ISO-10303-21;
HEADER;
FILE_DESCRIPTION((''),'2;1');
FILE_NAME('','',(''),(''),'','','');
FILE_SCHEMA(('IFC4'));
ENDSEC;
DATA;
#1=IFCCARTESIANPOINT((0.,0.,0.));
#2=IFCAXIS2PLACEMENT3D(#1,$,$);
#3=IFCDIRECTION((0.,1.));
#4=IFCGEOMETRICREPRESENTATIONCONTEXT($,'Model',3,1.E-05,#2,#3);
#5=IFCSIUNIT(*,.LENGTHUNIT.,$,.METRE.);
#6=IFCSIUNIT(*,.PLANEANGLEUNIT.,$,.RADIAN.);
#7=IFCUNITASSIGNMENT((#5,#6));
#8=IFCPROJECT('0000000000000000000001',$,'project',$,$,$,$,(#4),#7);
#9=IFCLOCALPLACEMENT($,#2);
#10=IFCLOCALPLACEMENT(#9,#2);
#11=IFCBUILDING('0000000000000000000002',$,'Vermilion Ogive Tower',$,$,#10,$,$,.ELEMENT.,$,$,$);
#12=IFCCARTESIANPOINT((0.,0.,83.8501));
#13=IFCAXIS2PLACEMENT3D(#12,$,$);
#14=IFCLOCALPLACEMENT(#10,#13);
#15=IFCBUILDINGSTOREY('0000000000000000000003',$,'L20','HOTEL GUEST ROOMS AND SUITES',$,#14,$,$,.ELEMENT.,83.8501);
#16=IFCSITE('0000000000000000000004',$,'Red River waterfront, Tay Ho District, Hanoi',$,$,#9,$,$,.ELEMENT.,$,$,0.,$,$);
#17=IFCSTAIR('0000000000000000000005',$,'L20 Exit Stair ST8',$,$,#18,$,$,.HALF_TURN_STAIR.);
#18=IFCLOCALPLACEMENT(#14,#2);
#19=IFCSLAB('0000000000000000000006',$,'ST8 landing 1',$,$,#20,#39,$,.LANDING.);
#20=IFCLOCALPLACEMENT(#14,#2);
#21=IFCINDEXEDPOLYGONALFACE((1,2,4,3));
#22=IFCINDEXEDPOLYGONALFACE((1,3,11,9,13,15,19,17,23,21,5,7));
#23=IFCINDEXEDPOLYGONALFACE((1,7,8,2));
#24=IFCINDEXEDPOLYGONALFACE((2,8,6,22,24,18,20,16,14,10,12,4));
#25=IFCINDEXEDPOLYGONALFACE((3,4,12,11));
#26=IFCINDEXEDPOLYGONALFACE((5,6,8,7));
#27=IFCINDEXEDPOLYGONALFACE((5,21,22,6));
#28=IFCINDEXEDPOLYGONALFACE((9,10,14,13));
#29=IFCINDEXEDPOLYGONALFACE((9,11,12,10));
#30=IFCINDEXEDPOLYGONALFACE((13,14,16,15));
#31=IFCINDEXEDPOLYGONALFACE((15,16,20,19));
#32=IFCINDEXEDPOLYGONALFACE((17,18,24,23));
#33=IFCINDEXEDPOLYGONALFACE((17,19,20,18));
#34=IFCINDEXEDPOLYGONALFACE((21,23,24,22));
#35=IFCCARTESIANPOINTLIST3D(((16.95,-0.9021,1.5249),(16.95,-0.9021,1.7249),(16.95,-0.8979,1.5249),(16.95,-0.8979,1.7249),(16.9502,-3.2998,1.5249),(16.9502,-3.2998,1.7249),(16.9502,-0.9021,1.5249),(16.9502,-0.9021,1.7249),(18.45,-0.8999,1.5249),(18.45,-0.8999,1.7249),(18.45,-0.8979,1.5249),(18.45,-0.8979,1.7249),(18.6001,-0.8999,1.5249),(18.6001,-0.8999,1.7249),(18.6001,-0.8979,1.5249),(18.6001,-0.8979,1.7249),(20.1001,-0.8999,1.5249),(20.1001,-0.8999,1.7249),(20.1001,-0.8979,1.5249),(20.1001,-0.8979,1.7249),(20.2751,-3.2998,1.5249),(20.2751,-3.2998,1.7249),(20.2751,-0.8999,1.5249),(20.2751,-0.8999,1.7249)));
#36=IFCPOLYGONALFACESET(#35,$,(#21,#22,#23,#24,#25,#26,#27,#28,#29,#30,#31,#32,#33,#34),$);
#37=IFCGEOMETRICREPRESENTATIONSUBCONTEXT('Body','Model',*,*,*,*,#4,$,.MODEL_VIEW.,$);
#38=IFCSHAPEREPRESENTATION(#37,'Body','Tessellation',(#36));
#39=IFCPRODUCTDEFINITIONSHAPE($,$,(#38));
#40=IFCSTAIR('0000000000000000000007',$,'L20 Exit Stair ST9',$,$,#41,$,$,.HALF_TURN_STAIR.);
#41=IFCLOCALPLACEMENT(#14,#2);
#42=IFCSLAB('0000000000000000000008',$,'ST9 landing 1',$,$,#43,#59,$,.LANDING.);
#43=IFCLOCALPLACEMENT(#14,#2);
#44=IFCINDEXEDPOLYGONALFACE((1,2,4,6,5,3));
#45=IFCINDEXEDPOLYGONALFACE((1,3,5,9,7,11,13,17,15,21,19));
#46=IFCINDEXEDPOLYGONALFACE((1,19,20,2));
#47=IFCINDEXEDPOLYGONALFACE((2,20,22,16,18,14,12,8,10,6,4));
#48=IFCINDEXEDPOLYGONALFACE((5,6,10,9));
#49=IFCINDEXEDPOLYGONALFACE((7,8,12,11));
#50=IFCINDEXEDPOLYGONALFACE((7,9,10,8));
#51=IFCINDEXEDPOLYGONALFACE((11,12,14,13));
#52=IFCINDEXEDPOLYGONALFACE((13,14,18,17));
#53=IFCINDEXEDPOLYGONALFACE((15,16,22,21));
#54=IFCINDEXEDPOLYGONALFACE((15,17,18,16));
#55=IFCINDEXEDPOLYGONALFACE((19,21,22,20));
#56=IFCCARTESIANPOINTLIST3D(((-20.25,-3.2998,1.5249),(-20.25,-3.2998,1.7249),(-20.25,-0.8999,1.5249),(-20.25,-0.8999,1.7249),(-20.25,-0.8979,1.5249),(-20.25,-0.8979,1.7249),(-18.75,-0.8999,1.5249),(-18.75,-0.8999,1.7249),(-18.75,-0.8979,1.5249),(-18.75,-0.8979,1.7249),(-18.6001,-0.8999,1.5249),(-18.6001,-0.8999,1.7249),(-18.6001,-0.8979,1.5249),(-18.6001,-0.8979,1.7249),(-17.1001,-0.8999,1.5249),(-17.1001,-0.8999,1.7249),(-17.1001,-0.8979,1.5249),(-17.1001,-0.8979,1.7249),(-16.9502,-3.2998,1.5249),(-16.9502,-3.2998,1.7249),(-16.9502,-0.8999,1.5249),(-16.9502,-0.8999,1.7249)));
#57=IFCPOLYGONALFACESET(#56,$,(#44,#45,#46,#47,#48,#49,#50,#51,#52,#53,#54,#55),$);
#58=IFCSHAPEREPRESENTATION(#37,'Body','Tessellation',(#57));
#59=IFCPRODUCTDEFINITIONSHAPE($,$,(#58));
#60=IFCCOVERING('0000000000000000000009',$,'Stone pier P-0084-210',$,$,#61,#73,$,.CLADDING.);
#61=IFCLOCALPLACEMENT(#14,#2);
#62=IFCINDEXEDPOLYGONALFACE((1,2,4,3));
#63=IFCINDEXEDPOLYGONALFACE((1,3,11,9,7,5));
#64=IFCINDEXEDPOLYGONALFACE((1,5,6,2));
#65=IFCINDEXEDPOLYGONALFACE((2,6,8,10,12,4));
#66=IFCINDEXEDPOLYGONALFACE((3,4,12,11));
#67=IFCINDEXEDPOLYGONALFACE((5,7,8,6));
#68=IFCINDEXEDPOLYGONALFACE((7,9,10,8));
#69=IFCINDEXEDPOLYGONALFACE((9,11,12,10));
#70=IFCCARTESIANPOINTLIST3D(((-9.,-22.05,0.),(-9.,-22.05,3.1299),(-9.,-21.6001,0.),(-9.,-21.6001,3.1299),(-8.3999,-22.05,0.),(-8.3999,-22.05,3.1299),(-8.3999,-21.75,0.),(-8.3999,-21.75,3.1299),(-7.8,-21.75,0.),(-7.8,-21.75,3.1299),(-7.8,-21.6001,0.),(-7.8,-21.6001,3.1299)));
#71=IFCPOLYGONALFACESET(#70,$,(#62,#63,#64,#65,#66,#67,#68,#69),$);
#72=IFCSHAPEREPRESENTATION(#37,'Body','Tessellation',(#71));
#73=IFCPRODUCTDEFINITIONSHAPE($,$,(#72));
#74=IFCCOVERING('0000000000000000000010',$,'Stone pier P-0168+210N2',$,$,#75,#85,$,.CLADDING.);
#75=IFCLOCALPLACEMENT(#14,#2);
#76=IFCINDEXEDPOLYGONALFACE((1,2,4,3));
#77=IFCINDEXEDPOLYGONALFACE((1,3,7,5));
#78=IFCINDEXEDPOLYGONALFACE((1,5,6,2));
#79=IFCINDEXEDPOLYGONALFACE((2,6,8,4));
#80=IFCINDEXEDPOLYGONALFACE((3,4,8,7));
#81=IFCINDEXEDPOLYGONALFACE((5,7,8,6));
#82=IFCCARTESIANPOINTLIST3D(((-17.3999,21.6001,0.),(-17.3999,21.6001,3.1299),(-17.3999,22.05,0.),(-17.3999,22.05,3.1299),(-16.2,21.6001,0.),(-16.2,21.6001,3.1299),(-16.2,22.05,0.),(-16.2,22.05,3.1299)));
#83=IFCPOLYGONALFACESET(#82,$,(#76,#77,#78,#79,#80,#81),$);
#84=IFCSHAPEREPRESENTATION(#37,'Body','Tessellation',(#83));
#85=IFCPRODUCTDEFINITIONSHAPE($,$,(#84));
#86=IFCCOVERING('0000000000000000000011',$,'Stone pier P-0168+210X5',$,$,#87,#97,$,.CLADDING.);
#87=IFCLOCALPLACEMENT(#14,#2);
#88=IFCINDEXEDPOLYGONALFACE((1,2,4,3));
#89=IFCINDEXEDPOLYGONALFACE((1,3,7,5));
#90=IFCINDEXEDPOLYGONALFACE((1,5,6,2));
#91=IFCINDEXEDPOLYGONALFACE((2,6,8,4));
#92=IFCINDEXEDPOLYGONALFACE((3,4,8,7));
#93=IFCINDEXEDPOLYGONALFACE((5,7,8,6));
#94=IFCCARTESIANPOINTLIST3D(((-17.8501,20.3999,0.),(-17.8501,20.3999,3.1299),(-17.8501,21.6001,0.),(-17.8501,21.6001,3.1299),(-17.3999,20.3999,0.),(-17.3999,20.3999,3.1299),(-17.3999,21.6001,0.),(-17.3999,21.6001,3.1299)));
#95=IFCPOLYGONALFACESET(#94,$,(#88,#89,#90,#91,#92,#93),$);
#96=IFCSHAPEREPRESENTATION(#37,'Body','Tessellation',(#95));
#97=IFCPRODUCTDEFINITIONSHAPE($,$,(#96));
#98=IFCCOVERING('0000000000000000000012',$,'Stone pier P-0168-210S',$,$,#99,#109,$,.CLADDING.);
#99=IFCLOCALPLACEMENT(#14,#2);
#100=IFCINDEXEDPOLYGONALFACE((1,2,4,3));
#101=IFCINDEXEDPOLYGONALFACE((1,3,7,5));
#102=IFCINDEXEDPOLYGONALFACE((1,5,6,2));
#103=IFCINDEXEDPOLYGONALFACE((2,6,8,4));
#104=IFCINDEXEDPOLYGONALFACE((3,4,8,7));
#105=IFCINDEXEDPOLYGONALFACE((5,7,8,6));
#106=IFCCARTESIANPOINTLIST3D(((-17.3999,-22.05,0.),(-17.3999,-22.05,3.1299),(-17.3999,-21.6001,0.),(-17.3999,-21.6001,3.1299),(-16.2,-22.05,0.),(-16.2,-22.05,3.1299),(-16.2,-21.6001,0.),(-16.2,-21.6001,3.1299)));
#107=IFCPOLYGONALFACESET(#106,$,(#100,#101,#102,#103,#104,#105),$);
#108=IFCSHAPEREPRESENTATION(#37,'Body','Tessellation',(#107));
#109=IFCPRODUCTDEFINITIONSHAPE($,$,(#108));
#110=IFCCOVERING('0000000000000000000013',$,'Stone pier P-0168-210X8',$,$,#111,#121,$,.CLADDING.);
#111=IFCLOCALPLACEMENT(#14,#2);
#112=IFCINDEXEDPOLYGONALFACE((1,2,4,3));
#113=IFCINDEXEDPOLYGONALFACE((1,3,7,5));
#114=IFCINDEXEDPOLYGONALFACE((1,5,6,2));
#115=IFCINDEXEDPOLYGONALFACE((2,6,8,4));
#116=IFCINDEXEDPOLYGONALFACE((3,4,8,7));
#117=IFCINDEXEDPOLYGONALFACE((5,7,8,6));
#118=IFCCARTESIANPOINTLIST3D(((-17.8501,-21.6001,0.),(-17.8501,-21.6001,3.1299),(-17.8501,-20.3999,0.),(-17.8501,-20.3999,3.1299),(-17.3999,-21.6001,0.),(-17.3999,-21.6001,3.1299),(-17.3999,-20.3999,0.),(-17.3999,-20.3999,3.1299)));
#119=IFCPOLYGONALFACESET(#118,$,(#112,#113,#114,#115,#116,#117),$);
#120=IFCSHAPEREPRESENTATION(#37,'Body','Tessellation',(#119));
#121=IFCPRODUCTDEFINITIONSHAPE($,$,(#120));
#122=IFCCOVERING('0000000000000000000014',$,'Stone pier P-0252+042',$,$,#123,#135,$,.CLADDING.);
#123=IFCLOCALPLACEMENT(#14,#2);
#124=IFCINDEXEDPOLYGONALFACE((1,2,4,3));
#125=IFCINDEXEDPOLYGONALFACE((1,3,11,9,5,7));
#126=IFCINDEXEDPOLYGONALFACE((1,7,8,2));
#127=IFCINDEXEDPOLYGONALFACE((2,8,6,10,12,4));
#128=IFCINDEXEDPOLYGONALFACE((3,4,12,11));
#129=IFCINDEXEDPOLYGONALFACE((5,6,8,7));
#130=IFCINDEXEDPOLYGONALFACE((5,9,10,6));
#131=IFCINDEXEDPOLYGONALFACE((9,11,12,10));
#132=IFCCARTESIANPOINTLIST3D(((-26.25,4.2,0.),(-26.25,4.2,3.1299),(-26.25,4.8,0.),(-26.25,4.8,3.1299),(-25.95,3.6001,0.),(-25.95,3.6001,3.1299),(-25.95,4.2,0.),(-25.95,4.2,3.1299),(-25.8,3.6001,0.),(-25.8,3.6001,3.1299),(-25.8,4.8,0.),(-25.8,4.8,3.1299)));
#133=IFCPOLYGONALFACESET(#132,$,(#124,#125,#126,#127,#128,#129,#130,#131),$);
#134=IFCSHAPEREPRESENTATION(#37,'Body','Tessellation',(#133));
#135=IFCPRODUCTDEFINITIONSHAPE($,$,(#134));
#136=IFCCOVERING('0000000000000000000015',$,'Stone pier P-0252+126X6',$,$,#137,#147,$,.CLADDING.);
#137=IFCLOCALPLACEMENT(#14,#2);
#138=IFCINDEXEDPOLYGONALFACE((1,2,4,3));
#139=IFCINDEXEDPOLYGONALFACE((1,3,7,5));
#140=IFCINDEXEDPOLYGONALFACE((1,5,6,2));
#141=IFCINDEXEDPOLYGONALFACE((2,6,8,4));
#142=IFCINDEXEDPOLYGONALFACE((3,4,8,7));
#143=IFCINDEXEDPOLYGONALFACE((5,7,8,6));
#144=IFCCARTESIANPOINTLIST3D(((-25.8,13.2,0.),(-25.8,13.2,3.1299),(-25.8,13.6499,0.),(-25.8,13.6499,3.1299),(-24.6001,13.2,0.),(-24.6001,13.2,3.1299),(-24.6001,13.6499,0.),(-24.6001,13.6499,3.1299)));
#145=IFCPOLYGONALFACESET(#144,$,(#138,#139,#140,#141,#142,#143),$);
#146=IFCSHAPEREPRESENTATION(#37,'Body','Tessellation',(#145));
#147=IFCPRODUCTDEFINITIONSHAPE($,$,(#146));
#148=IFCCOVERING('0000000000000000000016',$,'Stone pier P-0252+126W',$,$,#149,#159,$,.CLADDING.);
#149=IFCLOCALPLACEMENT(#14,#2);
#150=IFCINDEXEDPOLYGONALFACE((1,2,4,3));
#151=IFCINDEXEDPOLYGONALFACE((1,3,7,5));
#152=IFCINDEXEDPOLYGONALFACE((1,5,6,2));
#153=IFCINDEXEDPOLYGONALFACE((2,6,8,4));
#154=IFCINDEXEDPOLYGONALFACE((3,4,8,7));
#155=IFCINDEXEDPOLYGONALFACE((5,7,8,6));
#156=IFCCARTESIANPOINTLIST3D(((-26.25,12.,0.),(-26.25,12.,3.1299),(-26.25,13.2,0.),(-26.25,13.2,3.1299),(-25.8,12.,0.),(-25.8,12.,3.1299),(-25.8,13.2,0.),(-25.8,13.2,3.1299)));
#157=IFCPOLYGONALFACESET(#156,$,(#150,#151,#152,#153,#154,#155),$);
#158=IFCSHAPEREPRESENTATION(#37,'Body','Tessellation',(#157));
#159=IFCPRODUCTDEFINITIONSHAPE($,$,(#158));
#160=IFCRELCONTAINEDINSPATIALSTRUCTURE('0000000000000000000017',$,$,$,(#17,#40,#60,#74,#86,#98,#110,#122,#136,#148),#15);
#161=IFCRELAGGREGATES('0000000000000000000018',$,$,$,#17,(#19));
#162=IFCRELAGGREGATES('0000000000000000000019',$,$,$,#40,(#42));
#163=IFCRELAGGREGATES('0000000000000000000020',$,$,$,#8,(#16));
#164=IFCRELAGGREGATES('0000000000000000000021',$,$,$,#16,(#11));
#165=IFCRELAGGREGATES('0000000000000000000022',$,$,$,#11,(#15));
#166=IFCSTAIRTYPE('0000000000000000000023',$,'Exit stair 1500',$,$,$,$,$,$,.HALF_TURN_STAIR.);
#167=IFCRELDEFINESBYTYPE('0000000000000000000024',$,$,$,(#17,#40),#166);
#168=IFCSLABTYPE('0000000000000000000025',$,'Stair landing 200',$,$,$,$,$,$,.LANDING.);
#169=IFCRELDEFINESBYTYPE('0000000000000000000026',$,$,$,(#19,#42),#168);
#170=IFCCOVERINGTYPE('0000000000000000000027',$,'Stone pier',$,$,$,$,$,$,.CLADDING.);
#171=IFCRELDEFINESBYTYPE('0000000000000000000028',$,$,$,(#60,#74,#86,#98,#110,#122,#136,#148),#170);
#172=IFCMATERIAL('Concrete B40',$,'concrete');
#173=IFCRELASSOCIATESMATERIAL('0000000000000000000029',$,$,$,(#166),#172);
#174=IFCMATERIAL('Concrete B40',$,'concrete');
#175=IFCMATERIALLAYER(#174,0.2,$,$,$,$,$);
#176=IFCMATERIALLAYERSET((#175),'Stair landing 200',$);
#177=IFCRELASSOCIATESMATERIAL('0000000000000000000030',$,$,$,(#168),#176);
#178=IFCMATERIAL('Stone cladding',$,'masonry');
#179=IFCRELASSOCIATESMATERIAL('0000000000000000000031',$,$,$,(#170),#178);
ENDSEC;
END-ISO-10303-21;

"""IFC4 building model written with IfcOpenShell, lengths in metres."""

from ifc_helpers import new_model, si_unit, direction, frame, origin, place, context, subcontext, project, spatial, polyline, outline, extrude, material, layer, layer_set, type_object, element, aggregate, save


model = new_model("IFC4")

# Units and contexts
model_context = context("Model", 3, precision=1e-05, world=origin(), true_north=direction((0.0, 1.0)))
body_context = subcontext(model_context, "Body", "Model", "MODEL_VIEW")
ifc_project = project(units=[si_unit("LENGTHUNIT", "METRE"), si_unit("PLANEANGLEUNIT", "RADIAN")], contexts=[model_context])

# Site, building, storey
site_placement = place(None, origin())
site = spatial("IfcSite", under=ifc_project, at=site_placement, Name="Red River waterfront, Tay Ho District, Hanoi", CompositionType="ELEMENT", RefElevation=0.0)
building_placement = place(site_placement, origin())
building = spatial("IfcBuilding", under=site, at=building_placement, Name="Vermilion Ogive Tower", CompositionType="ELEMENT")
storey_placement = place(building_placement, frame((0.0, 0.0, 83.8501)))
storey = spatial("IfcBuildingStorey", under=building, at=storey_placement, Name="L20", Description="HOTEL GUEST ROOMS AND SUITES", CompositionType="ELEMENT", Elevation=83.8501)

# Stairs, slabs
ifc_material_1 = material(Name="Concrete B40", Category="concrete")
stair_type = type_object("IfcStairType", Name="Exit stair 1500", PredefinedType="HALF_TURN_STAIR", material=ifc_material_1)
ifc_material_2 = material(Name="Concrete B40", Category="concrete")
ifc_layer_1 = layer(ifc_material_2, 0.2)
ifc_layer_set_1 = layer_set([ifc_layer_1], Name="Stair landing 200")
slab_type_1 = type_object("IfcSlabType", Name="Stair landing 200", PredefinedType="LANDING", material=ifc_layer_set_1)
stair_1_placement = place(storey_placement, origin())
stair_1 = element("IfcStair", 1, at=stair_1_placement, inside=storey, type_object=stair_type, Name="L20 Exit Stair ST8", PredefinedType="HALF_TURN_STAIR")
slab_1_placement = place(storey_placement, frame((0.0, 0.0, 1.5249)))
slab_1 = element("IfcSlab", 2, at=slab_1_placement, type_object=slab_type_1, Name="ST8 landing 1", PredefinedType="LANDING", context=body_context, shape_type="SweptSolid", body=[
    extrude(outline(polyline([(20.2751, -0.8999), (20.1001, -0.8999), (20.1001, -0.8979), (18.6001, -0.8979), (18.6001, -0.8999), (18.45, -0.8999), (18.45, -0.8979), (16.95, -0.8979), (16.95, -0.9021), (16.9502, -0.9021), (16.9502, -3.2998), (20.2751, -3.2998), (20.2751, -0.8999)])), origin(), (0.0, 0.0, 1.0), 0.2),
])
aggregate(stair_1, [slab_1])
stair_2_placement = place(storey_placement, origin())
stair_2 = element("IfcStair", 3, at=stair_2_placement, inside=storey, type_object=stair_type, Name="L20 Exit Stair ST9", PredefinedType="HALF_TURN_STAIR")
slab_2_placement = place(storey_placement, frame((0.0, 0.0, 1.5249)))
slab_2 = element("IfcSlab", 4, at=slab_2_placement, type_object=slab_type_1, Name="ST9 landing 1", PredefinedType="LANDING", context=body_context, shape_type="SweptSolid", body=[
    extrude(outline(polyline([(-16.9502, -0.8999), (-17.1001, -0.8999), (-17.1001, -0.8979), (-18.6001, -0.8979), (-18.6001, -0.8999), (-18.75, -0.8999), (-18.75, -0.8979), (-20.25, -0.8979), (-20.25, -0.8999), (-20.25, -0.8999), (-20.25, -3.2998), (-16.9502, -3.2998), (-16.9502, -0.8999)])), origin(), (0.0, 0.0, 1.0), 0.2),
])
aggregate(stair_2, [slab_2])

# Coverings
ifc_material_3 = material(Name="Stone cladding", Category="masonry")
covering_type = type_object("IfcCoveringType", Name="Stone pier", PredefinedType="CLADDING", material=ifc_material_3)
covering_1_placement = place(storey_placement, origin())
element("IfcCovering", 5, at=covering_1_placement, inside=storey, type_object=covering_type, Name="Stone pier P-0084-210", PredefinedType="CLADDING", context=body_context, shape_type="SweptSolid", body=[
    extrude(outline(polyline([(-7.8, -21.75), (-8.3999, -21.75), (-8.3999, -22.05), (-9.0, -22.05), (-9.0, -21.6001), (-7.8, -21.6001), (-7.8, -21.75)])), origin(), (0.0, 0.0, 1.0), 3.1299),
])
covering_2_placement = place(storey_placement, origin())
element("IfcCovering", 6, at=covering_2_placement, inside=storey, type_object=covering_type, Name="Stone pier P-0168+210N2", PredefinedType="CLADDING", context=body_context, shape_type="SweptSolid", body=[
    extrude(outline(polyline([(-17.3999, 22.05), (-16.2, 22.05), (-16.2, 21.6001), (-17.3999, 21.6001), (-17.3999, 22.05)])), origin(), (0.0, 0.0, 1.0), 3.1299),
])
covering_3_placement = place(storey_placement, origin())
element("IfcCovering", 7, at=covering_3_placement, inside=storey, type_object=covering_type, Name="Stone pier P-0168+210X5", PredefinedType="CLADDING", context=body_context, shape_type="SweptSolid", body=[
    extrude(outline(polyline([(-17.8501, 21.6001), (-17.3999, 21.6001), (-17.3999, 20.3999), (-17.8501, 20.3999), (-17.8501, 21.6001)])), origin(), (0.0, 0.0, 1.0), 3.1299),
])
covering_4_placement = place(storey_placement, origin())
element("IfcCovering", 8, at=covering_4_placement, inside=storey, type_object=covering_type, Name="Stone pier P-0168-210S", PredefinedType="CLADDING", context=body_context, shape_type="SweptSolid", body=[
    extrude(outline(polyline([(-16.2, -22.05), (-17.3999, -22.05), (-17.3999, -21.6001), (-16.2, -21.6001), (-16.2, -22.05)])), origin(), (0.0, 0.0, 1.0), 3.1299),
])
covering_5_placement = place(storey_placement, origin())
element("IfcCovering", 9, at=covering_5_placement, inside=storey, type_object=covering_type, Name="Stone pier P-0168-210X8", PredefinedType="CLADDING", context=body_context, shape_type="SweptSolid", body=[
    extrude(outline(polyline([(-17.8501, -20.3999), (-17.3999, -20.3999), (-17.3999, -21.6001), (-17.8501, -21.6001), (-17.8501, -20.3999)])), origin(), (0.0, 0.0, 1.0), 3.1299),
])
covering_6_placement = place(storey_placement, origin())
element("IfcCovering", 10, at=covering_6_placement, inside=storey, type_object=covering_type, Name="Stone pier P-0252+042", PredefinedType="CLADDING", context=body_context, shape_type="SweptSolid", body=[
    extrude(outline(polyline([(-25.8, 3.6001), (-25.95, 3.6001), (-25.95, 4.2), (-26.25, 4.2), (-26.25, 4.8), (-25.8, 4.8), (-25.8, 4.8), (-25.8, 3.6001)])), origin(), (0.0, 0.0, 1.0), 3.1299),
])
covering_7_placement = place(storey_placement, origin())
element("IfcCovering", 11, at=covering_7_placement, inside=storey, type_object=covering_type, Name="Stone pier P-0252+126X6", PredefinedType="CLADDING", context=body_context, shape_type="SweptSolid", body=[
    extrude(outline(polyline([(-25.8, 13.2), (-25.8, 13.6499), (-24.6001, 13.6499), (-24.6001, 13.2), (-24.6001, 13.2), (-25.8, 13.2)])), origin(), (0.0, 0.0, 1.0), 3.1299),
])
covering_8_placement = place(storey_placement, origin())
element("IfcCovering", 12, at=covering_8_placement, inside=storey, type_object=covering_type, Name="Stone pier P-0252+126W", PredefinedType="CLADDING", context=body_context, shape_type="SweptSolid", body=[
    extrude(outline(polyline([(-26.25, 13.2), (-25.8, 13.2), (-25.8, 12.0), (-26.25, 12.0), (-26.25, 13.2)])), origin(), (0.0, 0.0, 1.0), 3.1299),
])

save(model, "model.ifc")
